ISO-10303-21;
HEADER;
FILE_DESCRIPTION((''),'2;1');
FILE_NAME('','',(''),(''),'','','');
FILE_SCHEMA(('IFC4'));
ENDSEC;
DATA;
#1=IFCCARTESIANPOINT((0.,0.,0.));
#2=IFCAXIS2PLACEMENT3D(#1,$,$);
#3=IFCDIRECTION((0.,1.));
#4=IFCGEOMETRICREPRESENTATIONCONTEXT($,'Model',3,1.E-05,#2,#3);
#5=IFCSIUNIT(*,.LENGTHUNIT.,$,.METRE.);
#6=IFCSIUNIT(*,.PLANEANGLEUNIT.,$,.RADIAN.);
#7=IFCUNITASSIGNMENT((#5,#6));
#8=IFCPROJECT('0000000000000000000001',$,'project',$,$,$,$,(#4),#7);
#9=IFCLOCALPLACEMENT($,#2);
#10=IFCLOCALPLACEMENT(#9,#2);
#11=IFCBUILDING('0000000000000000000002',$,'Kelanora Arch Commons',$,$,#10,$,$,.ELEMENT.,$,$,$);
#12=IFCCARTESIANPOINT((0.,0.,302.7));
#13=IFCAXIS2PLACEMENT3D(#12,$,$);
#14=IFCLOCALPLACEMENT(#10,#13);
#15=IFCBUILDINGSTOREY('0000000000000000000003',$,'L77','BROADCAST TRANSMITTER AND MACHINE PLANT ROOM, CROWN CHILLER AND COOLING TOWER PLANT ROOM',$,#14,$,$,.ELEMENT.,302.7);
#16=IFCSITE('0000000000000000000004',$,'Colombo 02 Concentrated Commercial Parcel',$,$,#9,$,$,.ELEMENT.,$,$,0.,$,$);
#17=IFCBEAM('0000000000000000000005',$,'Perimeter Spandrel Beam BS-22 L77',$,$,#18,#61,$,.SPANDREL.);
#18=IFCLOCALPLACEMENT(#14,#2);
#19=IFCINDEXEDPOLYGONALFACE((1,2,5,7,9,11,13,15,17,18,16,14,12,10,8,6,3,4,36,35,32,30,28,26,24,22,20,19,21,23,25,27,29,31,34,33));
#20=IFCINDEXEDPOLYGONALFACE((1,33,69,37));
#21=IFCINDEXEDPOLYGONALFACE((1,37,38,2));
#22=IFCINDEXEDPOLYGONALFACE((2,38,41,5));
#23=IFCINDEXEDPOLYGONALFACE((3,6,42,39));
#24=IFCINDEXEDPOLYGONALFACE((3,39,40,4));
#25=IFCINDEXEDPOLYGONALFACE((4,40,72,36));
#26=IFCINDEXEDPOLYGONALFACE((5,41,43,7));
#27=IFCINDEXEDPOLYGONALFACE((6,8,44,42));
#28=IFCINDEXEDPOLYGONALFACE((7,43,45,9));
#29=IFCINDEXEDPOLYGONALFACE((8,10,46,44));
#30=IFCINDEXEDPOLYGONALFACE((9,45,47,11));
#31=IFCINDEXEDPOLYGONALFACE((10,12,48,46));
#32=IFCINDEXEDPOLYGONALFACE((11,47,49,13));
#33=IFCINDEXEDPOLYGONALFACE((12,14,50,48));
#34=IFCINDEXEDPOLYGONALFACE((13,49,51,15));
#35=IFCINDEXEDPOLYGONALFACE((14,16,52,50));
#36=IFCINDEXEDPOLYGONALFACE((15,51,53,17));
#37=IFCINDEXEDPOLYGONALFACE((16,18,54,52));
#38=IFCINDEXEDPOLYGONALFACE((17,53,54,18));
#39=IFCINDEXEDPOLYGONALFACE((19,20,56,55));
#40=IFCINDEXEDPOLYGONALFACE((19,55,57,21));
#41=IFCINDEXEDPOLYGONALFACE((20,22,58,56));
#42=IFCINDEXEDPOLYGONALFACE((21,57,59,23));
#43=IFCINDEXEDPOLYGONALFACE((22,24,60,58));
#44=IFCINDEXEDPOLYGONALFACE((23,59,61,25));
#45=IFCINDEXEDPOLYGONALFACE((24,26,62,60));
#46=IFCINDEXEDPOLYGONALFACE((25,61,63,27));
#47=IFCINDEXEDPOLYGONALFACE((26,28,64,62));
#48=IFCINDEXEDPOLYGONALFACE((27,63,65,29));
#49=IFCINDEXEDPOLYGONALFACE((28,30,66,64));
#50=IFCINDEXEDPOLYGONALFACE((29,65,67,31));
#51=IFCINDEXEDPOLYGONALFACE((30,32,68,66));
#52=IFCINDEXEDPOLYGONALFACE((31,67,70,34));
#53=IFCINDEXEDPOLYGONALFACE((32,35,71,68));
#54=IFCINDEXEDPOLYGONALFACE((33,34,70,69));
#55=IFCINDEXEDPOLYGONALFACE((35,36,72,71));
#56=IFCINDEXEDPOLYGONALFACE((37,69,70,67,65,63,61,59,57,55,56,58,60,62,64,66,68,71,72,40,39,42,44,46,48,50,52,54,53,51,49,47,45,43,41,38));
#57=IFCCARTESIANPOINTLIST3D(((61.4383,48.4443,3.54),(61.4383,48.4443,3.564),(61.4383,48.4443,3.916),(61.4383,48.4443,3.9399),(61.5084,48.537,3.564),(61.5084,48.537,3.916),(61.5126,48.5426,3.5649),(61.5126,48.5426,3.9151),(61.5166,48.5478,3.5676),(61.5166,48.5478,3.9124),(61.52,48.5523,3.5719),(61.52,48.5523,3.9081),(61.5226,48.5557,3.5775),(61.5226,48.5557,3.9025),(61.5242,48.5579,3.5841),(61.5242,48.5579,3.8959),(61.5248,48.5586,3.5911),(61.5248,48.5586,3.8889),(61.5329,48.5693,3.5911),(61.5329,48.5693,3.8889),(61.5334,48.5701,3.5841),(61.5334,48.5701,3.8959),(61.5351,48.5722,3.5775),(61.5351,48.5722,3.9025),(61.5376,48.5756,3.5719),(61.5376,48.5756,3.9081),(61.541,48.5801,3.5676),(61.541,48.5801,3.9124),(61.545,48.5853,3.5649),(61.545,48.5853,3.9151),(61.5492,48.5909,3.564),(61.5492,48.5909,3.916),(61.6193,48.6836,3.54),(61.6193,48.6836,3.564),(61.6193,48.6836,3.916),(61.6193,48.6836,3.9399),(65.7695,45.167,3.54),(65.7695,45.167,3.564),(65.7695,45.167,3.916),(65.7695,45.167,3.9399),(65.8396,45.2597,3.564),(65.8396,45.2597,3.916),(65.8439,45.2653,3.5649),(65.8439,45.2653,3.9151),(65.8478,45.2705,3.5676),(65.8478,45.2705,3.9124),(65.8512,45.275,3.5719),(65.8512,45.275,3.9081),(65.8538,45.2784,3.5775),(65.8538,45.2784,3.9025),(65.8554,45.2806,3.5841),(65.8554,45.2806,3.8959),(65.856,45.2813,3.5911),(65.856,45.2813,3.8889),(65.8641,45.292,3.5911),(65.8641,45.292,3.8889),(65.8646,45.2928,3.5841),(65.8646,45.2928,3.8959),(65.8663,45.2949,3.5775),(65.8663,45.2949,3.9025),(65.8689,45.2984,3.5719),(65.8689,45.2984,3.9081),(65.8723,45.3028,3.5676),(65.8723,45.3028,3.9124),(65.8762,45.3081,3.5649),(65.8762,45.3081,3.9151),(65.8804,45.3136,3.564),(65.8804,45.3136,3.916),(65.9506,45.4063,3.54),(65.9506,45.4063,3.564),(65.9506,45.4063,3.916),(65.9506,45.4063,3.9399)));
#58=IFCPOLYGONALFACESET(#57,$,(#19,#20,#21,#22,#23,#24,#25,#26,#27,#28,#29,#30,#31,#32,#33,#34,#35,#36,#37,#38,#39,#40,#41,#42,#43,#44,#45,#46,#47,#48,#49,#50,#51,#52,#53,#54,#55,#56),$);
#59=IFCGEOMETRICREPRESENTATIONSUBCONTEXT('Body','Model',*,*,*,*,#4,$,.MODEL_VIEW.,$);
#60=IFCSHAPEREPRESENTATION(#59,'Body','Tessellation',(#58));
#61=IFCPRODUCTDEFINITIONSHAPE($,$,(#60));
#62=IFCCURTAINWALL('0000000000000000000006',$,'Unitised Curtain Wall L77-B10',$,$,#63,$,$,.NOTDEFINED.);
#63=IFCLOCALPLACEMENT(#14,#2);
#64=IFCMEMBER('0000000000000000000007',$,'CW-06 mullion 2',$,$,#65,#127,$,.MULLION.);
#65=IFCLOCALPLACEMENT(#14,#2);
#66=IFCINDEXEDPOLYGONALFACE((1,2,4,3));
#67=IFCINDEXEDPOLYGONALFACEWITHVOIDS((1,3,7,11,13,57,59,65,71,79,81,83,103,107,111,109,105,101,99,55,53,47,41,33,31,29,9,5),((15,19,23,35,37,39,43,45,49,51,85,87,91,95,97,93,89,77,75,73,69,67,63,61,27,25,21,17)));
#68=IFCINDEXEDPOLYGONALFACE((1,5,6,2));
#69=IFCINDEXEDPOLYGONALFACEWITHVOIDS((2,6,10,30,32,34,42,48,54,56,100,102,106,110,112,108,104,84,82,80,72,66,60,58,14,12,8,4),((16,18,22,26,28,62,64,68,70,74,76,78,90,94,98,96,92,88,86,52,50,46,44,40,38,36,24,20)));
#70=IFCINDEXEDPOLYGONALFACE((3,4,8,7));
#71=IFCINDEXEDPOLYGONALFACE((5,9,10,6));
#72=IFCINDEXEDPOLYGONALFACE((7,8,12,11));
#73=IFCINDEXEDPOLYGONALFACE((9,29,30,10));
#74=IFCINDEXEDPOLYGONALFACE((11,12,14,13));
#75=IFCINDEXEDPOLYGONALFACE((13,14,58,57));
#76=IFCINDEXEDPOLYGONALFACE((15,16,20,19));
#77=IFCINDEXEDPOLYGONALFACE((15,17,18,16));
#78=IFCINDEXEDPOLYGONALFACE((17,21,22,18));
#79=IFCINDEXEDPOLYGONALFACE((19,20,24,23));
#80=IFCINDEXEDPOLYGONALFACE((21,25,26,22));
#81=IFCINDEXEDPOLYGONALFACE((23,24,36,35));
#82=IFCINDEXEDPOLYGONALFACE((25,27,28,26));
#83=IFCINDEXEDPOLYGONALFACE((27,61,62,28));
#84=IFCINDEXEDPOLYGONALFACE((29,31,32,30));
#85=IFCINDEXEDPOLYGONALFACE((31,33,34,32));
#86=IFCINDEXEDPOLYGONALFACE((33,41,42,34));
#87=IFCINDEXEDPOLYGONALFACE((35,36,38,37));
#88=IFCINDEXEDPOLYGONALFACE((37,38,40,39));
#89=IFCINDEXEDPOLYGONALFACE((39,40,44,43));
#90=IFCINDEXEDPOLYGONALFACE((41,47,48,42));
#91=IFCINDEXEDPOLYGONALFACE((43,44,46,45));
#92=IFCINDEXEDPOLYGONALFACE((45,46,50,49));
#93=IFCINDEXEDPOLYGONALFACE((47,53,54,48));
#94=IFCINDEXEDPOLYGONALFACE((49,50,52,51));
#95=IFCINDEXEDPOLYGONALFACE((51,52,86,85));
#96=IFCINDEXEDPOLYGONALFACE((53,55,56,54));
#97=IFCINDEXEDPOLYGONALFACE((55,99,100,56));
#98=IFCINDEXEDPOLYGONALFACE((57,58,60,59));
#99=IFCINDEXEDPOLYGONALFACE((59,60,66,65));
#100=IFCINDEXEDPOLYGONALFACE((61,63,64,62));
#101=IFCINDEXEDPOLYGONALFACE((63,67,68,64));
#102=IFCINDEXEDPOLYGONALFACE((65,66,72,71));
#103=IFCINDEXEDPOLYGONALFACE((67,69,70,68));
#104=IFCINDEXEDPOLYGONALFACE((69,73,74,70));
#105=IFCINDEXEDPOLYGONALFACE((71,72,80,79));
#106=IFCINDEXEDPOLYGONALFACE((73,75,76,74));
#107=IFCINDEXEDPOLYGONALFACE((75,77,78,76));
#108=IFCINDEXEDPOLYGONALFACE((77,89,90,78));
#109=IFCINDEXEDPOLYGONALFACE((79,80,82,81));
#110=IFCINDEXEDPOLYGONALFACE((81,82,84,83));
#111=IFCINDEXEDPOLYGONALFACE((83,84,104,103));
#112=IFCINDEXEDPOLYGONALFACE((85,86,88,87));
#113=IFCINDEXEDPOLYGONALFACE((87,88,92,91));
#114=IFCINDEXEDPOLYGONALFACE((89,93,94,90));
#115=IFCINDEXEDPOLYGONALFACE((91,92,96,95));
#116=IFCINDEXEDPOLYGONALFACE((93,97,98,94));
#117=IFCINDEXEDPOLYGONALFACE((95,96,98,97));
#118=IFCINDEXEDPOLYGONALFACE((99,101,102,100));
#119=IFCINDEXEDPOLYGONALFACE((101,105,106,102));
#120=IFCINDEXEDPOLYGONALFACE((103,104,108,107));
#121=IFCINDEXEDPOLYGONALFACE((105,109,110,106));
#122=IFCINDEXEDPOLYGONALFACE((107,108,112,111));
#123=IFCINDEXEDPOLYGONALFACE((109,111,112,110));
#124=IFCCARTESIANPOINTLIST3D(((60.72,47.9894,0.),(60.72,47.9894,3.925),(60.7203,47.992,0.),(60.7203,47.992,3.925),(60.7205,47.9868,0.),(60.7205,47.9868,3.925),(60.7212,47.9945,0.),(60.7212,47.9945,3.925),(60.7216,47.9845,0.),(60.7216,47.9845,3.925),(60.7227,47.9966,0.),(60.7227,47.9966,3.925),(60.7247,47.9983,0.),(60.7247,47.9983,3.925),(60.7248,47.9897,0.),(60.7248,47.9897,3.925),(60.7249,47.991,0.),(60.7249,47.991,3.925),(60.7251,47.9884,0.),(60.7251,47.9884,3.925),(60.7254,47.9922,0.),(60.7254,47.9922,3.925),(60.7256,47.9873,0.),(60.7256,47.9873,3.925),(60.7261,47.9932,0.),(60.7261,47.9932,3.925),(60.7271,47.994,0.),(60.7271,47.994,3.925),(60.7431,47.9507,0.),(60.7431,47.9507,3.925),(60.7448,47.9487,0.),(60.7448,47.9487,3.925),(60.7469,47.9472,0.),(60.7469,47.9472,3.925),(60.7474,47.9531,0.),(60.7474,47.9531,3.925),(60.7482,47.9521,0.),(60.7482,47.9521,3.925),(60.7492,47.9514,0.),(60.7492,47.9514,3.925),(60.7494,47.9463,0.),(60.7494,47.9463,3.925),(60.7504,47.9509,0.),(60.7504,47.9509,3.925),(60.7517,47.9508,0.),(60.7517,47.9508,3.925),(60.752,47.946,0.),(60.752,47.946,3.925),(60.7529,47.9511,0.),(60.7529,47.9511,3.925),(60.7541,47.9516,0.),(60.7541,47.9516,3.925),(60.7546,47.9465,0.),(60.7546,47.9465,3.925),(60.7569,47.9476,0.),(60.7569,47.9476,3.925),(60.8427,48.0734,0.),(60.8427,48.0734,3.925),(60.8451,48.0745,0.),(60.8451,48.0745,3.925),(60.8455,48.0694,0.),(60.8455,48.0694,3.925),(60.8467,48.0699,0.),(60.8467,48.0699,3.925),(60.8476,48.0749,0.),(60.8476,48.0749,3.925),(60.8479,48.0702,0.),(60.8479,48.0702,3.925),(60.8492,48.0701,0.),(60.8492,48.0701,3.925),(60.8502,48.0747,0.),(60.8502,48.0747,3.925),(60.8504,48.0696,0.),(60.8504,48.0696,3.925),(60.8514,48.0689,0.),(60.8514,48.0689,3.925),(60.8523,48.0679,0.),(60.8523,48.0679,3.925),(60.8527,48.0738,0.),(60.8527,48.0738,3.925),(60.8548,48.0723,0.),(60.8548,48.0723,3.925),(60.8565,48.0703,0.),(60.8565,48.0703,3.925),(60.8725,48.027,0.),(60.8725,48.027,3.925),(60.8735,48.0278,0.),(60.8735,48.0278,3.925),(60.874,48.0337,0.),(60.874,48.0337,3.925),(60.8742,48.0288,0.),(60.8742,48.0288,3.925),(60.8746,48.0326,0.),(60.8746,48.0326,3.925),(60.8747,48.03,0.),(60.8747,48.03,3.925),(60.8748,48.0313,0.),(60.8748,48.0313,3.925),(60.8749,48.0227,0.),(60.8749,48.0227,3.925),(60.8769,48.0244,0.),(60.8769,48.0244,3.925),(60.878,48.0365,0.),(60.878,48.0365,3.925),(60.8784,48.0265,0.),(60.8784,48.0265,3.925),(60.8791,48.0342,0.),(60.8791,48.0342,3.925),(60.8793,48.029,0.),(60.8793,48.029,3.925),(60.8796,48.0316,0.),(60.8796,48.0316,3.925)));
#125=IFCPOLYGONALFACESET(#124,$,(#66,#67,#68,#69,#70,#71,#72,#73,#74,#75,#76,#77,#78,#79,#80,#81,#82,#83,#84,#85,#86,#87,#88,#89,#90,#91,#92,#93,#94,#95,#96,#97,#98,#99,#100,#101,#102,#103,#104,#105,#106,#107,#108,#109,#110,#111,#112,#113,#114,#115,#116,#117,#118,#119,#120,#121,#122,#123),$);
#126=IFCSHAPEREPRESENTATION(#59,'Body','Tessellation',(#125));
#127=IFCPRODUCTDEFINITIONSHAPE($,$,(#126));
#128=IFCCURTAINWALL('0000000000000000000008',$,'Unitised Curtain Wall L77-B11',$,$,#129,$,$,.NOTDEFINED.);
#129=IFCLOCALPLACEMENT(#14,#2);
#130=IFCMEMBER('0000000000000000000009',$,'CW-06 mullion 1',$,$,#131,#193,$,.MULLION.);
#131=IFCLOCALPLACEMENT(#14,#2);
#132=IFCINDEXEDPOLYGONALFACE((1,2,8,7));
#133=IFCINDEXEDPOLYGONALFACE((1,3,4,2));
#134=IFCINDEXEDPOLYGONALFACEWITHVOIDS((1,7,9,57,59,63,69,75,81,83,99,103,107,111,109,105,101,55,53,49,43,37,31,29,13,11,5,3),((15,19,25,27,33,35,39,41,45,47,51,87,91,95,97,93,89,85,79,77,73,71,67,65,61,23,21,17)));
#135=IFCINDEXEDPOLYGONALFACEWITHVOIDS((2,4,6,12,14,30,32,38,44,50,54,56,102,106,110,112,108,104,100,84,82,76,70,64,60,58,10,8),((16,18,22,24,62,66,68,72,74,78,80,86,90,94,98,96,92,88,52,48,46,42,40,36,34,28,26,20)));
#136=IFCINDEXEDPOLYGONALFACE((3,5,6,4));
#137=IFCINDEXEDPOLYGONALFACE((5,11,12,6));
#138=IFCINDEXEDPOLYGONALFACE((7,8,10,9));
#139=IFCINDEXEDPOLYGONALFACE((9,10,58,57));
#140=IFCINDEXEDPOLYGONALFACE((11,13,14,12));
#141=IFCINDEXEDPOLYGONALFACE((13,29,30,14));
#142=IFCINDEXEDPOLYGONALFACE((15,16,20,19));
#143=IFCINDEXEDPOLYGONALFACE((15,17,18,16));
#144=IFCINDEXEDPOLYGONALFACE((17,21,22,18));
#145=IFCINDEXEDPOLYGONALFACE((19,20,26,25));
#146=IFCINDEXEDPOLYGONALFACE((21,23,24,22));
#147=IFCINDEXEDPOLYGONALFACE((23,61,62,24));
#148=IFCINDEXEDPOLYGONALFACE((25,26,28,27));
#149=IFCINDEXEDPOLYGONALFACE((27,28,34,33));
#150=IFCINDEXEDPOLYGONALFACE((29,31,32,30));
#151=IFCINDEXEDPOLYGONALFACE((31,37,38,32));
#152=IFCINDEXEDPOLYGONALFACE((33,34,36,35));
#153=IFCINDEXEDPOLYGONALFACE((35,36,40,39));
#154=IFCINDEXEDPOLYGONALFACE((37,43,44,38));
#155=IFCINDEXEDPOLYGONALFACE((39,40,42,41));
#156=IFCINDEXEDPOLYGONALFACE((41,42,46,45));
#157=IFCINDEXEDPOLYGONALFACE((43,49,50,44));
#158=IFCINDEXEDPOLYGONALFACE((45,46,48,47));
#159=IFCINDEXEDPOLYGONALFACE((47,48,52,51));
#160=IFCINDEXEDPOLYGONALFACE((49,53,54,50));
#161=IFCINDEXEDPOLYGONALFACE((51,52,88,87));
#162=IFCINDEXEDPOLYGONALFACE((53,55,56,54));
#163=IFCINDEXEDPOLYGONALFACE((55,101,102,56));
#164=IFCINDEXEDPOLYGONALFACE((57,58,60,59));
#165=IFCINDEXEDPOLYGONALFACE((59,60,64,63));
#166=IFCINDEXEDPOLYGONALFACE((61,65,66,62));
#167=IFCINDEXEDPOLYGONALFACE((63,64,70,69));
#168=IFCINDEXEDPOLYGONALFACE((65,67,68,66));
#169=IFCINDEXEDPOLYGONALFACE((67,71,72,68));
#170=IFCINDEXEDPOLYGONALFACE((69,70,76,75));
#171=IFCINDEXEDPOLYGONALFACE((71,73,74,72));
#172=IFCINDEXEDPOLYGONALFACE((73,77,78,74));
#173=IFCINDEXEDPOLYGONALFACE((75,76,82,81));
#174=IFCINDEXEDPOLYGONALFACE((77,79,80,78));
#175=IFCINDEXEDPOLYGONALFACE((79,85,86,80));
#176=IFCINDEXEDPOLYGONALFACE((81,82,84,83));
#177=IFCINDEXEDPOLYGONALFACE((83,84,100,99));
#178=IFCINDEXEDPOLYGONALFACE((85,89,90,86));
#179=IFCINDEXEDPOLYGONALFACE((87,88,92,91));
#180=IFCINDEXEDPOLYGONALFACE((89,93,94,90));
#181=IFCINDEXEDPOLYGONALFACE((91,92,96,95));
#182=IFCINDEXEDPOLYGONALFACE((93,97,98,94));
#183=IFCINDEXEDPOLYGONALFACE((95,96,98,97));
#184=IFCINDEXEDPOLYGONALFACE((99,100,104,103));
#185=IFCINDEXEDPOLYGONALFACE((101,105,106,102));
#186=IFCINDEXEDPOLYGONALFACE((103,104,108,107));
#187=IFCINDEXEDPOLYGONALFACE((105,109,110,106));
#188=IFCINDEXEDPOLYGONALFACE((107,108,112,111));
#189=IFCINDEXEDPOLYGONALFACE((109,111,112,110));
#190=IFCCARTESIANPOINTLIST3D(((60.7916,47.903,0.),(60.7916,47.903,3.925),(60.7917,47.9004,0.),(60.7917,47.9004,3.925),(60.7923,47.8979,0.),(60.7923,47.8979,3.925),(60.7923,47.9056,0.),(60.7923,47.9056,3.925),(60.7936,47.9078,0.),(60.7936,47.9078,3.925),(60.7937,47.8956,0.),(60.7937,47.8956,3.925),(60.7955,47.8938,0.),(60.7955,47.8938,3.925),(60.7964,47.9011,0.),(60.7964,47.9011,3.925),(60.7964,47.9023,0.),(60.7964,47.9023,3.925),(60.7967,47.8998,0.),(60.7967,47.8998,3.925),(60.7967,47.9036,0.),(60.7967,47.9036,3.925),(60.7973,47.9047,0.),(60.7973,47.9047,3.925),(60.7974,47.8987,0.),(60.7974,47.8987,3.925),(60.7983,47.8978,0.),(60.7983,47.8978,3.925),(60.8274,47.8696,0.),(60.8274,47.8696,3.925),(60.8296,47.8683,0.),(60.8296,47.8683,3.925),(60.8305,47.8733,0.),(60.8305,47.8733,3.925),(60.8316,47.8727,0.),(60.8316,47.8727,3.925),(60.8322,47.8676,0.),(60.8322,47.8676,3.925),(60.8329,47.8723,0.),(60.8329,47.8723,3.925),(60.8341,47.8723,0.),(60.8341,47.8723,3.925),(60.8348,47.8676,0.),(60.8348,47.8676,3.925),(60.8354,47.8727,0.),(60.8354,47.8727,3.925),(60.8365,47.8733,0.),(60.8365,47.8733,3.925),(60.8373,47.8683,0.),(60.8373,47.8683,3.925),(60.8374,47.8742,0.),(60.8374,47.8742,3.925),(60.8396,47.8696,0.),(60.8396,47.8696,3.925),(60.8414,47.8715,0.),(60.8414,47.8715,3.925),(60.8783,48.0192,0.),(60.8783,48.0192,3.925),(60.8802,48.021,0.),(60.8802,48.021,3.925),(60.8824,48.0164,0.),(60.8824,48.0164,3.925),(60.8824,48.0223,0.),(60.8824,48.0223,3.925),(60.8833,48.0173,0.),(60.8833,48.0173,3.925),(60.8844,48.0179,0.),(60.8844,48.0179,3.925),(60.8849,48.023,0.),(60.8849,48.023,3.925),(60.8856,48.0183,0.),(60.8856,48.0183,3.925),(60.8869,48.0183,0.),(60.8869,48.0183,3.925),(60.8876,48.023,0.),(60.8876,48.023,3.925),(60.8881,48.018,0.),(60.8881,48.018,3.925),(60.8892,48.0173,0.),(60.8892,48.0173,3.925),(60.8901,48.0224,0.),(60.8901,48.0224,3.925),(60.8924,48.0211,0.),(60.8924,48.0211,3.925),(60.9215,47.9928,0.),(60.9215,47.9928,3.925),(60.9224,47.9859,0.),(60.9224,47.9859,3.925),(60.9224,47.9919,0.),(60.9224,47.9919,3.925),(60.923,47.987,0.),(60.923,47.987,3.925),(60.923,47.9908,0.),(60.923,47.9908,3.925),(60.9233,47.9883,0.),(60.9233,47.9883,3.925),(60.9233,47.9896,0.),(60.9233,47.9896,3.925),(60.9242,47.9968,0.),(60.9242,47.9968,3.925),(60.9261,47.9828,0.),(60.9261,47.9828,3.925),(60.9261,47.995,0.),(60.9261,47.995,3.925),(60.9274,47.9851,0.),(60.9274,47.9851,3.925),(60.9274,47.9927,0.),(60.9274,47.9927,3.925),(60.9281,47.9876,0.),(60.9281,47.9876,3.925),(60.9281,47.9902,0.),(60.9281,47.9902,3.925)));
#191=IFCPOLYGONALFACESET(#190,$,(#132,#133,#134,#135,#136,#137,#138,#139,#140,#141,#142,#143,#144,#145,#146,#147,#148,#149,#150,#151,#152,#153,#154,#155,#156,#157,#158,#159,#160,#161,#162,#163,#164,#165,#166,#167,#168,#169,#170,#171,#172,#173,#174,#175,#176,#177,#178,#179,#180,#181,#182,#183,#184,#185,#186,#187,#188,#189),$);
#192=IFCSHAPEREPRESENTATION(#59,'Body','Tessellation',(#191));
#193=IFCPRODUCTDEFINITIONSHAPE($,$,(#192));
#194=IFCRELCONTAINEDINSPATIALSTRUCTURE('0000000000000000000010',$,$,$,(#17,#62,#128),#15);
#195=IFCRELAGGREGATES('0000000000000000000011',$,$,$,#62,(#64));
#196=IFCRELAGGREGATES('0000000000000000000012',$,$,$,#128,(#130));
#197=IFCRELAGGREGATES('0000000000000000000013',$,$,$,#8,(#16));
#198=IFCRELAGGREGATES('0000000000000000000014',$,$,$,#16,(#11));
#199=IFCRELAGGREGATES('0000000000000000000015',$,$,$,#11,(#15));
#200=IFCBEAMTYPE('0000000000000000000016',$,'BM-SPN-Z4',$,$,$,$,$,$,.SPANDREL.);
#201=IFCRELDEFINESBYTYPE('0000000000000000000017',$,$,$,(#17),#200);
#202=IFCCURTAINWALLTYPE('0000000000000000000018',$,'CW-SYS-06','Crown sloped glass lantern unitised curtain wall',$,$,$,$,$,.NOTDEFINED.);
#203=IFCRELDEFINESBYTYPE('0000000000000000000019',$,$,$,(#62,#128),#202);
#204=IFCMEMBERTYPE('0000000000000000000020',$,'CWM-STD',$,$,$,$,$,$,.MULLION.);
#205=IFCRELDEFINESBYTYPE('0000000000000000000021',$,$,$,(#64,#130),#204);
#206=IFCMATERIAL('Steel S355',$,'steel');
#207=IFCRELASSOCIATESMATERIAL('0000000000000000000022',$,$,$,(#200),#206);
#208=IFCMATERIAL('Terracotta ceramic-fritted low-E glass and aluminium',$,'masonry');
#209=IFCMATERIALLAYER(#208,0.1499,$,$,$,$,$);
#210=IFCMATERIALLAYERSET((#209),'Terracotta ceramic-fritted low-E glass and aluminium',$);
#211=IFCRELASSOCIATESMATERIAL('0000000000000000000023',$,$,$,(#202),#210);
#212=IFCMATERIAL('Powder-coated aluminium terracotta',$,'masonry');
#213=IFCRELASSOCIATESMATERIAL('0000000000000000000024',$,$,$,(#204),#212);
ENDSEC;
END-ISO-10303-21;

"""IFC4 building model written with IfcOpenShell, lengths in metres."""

from ifc_helpers import new_model, si_unit, direction, frame, origin, origin_2d, place, context, subcontext, project, spatial, hollow_rectangle, i_section, extrude, material, layer, layer_set, material_profile, profile_set, type_object, element, aggregate, save


model = new_model("IFC4")

# Units and contexts
model_context = context("Model", 3, precision=1e-05, world=origin(), true_north=direction((0.0, 1.0)))
body_context = subcontext(model_context, "Body", "Model", "MODEL_VIEW")
ifc_project = project(units=[si_unit("LENGTHUNIT", "METRE"), si_unit("PLANEANGLEUNIT", "RADIAN")], contexts=[model_context])

# Site, building, storey
site_placement = place(None, origin())
site = spatial("IfcSite", under=ifc_project, at=site_placement, Name="Colombo 02 Concentrated Commercial Parcel", CompositionType="ELEMENT", RefElevation=0.0)
building_placement = place(site_placement, origin())
building = spatial("IfcBuilding", under=site, at=building_placement, Name="Kelanora Arch Commons", CompositionType="ELEMENT")
storey_placement = place(building_placement, frame((0.0, 0.0, 302.7)))
storey = spatial("IfcBuildingStorey", under=building, at=storey_placement, Name="L77", Description="BROADCAST TRANSMITTER AND MACHINE PLANT ROOM, CROWN CHILLER AND COOLING TOWER PLANT ROOM", CompositionType="ELEMENT", Elevation=302.7)

# Beam
ifc_material_1 = material(Name="Steel S355", Category="steel")
ifc_material_profile_1 = material_profile(ifc_material_1, i_section(OverallWidth=0.3, OverallDepth=0.3999, WebThickness=0.0134, FlangeThickness=0.0239, FilletRadius=0.0271, at=origin_2d()), Name="HEB400")
ifc_profile_set_1 = profile_set([ifc_material_profile_1], Name="Steel S355")
beam_type_1 = type_object("IfcBeamType", Name="BM-SPN-Z4", PredefinedType="SPANDREL", material=ifc_profile_set_1)
beam_1_placement = place(storey_placement, frame((61.5288, 48.564, 3.74), z_axis=(0.797441, -0.603396, 0.0), x_axis=(0.603396, 0.797441, 0.0)))
element("IfcBeam", 1, at=beam_1_placement, inside=storey, type_object=beam_type_1, Name="Perimeter Spandrel Beam BS-22 L77", PredefinedType="SPANDREL", context=body_context, shape_type="SweptSolid", body=[
    extrude(i_section(OverallWidth=0.3, OverallDepth=0.3999, WebThickness=0.0134, FlangeThickness=0.0239, FilletRadius=0.0271, at=origin_2d()), origin(), (0.0, 0.0, 1.0), 5.4314),
])

# Curtain wall, member
ifc_material_2 = material(Name="Terracotta ceramic-fritted low-E glass and aluminium", Category="masonry")
ifc_layer_1 = layer(ifc_material_2, 0.1499)
ifc_layer_set_1 = layer_set([ifc_layer_1], Name="Terracotta ceramic-fritted low-E glass and aluminium")
curtain_wall_type = type_object("IfcCurtainWallType", Name="CW-SYS-06", Description="Crown sloped glass lantern unitised curtain wall", PredefinedType="NOTDEFINED", material=ifc_layer_set_1)
curtain_wall_1_placement = place(storey_placement, origin())
curtain_wall_1 = element("IfcCurtainWall", 2, at=curtain_wall_1_placement, inside=storey, type_object=curtain_wall_type, Name="Unitised Curtain Wall L77-B10", PredefinedType="NOTDEFINED")
ifc_material_3 = material(Name="Powder-coated aluminium terracotta", Category="masonry")
ifc_material_profile_2 = material_profile(ifc_material_3, hollow_rectangle(XDim=0.1599, YDim=0.0601, WallThickness=0.0049, InnerFilletRadius=0.0049, OuterFilletRadius=0.01, at=origin_2d()), Name="CWM160x60")
ifc_profile_set_2 = profile_set([ifc_material_profile_2], Name="Powder-coated aluminium terracotta")
member_type_1 = type_object("IfcMemberType", Name="CWM-STD", PredefinedType="MULLION", material=ifc_profile_set_2)
member_1_placement = place(storey_placement, frame((60.7998, 48.0105, 0.0), z_axis=(0.0, 0.0, 1.0), x_axis=(0.843592, 0.536984, 0.0)))
member_1 = element("IfcMember", 3, at=member_1_placement, type_object=member_type_1, Name="CW-06 mullion 2", PredefinedType="MULLION", context=body_context, shape_type="SweptSolid", body=[
    extrude(hollow_rectangle(XDim=0.1599, YDim=0.0601, WallThickness=0.0049, InnerFilletRadius=0.0049, OuterFilletRadius=0.01, at=origin_2d()), origin(), (0.0, 0.0, 1.0), 3.925),
])
aggregate(curtain_wall_1, [member_1])

# Curtain wall, member
curtain_wall_2_placement = place(storey_placement, origin())
curtain_wall_2 = element("IfcCurtainWall", 4, at=curtain_wall_2_placement, inside=storey, type_object=curtain_wall_type, Name="Unitised Curtain Wall L77-B11", PredefinedType="NOTDEFINED")
member_2_placement = place(storey_placement, frame((60.8599, 47.9453, 0.0), z_axis=(0.0, 0.0, 1.0), x_axis=(0.605596, 0.795772, 0.0)))
member_2 = element("IfcMember", 5, at=member_2_placement, type_object=member_type_1, Name="CW-06 mullion 1", PredefinedType="MULLION", context=body_context, shape_type="SweptSolid", body=[
    extrude(hollow_rectangle(XDim=0.1599, YDim=0.0601, WallThickness=0.0049, InnerFilletRadius=0.0049, OuterFilletRadius=0.01, at=origin_2d()), origin(), (0.0, 0.0, 1.0), 3.925),
])

aggregate(curtain_wall_2, [member_2])

save(model, "model.ifc")
